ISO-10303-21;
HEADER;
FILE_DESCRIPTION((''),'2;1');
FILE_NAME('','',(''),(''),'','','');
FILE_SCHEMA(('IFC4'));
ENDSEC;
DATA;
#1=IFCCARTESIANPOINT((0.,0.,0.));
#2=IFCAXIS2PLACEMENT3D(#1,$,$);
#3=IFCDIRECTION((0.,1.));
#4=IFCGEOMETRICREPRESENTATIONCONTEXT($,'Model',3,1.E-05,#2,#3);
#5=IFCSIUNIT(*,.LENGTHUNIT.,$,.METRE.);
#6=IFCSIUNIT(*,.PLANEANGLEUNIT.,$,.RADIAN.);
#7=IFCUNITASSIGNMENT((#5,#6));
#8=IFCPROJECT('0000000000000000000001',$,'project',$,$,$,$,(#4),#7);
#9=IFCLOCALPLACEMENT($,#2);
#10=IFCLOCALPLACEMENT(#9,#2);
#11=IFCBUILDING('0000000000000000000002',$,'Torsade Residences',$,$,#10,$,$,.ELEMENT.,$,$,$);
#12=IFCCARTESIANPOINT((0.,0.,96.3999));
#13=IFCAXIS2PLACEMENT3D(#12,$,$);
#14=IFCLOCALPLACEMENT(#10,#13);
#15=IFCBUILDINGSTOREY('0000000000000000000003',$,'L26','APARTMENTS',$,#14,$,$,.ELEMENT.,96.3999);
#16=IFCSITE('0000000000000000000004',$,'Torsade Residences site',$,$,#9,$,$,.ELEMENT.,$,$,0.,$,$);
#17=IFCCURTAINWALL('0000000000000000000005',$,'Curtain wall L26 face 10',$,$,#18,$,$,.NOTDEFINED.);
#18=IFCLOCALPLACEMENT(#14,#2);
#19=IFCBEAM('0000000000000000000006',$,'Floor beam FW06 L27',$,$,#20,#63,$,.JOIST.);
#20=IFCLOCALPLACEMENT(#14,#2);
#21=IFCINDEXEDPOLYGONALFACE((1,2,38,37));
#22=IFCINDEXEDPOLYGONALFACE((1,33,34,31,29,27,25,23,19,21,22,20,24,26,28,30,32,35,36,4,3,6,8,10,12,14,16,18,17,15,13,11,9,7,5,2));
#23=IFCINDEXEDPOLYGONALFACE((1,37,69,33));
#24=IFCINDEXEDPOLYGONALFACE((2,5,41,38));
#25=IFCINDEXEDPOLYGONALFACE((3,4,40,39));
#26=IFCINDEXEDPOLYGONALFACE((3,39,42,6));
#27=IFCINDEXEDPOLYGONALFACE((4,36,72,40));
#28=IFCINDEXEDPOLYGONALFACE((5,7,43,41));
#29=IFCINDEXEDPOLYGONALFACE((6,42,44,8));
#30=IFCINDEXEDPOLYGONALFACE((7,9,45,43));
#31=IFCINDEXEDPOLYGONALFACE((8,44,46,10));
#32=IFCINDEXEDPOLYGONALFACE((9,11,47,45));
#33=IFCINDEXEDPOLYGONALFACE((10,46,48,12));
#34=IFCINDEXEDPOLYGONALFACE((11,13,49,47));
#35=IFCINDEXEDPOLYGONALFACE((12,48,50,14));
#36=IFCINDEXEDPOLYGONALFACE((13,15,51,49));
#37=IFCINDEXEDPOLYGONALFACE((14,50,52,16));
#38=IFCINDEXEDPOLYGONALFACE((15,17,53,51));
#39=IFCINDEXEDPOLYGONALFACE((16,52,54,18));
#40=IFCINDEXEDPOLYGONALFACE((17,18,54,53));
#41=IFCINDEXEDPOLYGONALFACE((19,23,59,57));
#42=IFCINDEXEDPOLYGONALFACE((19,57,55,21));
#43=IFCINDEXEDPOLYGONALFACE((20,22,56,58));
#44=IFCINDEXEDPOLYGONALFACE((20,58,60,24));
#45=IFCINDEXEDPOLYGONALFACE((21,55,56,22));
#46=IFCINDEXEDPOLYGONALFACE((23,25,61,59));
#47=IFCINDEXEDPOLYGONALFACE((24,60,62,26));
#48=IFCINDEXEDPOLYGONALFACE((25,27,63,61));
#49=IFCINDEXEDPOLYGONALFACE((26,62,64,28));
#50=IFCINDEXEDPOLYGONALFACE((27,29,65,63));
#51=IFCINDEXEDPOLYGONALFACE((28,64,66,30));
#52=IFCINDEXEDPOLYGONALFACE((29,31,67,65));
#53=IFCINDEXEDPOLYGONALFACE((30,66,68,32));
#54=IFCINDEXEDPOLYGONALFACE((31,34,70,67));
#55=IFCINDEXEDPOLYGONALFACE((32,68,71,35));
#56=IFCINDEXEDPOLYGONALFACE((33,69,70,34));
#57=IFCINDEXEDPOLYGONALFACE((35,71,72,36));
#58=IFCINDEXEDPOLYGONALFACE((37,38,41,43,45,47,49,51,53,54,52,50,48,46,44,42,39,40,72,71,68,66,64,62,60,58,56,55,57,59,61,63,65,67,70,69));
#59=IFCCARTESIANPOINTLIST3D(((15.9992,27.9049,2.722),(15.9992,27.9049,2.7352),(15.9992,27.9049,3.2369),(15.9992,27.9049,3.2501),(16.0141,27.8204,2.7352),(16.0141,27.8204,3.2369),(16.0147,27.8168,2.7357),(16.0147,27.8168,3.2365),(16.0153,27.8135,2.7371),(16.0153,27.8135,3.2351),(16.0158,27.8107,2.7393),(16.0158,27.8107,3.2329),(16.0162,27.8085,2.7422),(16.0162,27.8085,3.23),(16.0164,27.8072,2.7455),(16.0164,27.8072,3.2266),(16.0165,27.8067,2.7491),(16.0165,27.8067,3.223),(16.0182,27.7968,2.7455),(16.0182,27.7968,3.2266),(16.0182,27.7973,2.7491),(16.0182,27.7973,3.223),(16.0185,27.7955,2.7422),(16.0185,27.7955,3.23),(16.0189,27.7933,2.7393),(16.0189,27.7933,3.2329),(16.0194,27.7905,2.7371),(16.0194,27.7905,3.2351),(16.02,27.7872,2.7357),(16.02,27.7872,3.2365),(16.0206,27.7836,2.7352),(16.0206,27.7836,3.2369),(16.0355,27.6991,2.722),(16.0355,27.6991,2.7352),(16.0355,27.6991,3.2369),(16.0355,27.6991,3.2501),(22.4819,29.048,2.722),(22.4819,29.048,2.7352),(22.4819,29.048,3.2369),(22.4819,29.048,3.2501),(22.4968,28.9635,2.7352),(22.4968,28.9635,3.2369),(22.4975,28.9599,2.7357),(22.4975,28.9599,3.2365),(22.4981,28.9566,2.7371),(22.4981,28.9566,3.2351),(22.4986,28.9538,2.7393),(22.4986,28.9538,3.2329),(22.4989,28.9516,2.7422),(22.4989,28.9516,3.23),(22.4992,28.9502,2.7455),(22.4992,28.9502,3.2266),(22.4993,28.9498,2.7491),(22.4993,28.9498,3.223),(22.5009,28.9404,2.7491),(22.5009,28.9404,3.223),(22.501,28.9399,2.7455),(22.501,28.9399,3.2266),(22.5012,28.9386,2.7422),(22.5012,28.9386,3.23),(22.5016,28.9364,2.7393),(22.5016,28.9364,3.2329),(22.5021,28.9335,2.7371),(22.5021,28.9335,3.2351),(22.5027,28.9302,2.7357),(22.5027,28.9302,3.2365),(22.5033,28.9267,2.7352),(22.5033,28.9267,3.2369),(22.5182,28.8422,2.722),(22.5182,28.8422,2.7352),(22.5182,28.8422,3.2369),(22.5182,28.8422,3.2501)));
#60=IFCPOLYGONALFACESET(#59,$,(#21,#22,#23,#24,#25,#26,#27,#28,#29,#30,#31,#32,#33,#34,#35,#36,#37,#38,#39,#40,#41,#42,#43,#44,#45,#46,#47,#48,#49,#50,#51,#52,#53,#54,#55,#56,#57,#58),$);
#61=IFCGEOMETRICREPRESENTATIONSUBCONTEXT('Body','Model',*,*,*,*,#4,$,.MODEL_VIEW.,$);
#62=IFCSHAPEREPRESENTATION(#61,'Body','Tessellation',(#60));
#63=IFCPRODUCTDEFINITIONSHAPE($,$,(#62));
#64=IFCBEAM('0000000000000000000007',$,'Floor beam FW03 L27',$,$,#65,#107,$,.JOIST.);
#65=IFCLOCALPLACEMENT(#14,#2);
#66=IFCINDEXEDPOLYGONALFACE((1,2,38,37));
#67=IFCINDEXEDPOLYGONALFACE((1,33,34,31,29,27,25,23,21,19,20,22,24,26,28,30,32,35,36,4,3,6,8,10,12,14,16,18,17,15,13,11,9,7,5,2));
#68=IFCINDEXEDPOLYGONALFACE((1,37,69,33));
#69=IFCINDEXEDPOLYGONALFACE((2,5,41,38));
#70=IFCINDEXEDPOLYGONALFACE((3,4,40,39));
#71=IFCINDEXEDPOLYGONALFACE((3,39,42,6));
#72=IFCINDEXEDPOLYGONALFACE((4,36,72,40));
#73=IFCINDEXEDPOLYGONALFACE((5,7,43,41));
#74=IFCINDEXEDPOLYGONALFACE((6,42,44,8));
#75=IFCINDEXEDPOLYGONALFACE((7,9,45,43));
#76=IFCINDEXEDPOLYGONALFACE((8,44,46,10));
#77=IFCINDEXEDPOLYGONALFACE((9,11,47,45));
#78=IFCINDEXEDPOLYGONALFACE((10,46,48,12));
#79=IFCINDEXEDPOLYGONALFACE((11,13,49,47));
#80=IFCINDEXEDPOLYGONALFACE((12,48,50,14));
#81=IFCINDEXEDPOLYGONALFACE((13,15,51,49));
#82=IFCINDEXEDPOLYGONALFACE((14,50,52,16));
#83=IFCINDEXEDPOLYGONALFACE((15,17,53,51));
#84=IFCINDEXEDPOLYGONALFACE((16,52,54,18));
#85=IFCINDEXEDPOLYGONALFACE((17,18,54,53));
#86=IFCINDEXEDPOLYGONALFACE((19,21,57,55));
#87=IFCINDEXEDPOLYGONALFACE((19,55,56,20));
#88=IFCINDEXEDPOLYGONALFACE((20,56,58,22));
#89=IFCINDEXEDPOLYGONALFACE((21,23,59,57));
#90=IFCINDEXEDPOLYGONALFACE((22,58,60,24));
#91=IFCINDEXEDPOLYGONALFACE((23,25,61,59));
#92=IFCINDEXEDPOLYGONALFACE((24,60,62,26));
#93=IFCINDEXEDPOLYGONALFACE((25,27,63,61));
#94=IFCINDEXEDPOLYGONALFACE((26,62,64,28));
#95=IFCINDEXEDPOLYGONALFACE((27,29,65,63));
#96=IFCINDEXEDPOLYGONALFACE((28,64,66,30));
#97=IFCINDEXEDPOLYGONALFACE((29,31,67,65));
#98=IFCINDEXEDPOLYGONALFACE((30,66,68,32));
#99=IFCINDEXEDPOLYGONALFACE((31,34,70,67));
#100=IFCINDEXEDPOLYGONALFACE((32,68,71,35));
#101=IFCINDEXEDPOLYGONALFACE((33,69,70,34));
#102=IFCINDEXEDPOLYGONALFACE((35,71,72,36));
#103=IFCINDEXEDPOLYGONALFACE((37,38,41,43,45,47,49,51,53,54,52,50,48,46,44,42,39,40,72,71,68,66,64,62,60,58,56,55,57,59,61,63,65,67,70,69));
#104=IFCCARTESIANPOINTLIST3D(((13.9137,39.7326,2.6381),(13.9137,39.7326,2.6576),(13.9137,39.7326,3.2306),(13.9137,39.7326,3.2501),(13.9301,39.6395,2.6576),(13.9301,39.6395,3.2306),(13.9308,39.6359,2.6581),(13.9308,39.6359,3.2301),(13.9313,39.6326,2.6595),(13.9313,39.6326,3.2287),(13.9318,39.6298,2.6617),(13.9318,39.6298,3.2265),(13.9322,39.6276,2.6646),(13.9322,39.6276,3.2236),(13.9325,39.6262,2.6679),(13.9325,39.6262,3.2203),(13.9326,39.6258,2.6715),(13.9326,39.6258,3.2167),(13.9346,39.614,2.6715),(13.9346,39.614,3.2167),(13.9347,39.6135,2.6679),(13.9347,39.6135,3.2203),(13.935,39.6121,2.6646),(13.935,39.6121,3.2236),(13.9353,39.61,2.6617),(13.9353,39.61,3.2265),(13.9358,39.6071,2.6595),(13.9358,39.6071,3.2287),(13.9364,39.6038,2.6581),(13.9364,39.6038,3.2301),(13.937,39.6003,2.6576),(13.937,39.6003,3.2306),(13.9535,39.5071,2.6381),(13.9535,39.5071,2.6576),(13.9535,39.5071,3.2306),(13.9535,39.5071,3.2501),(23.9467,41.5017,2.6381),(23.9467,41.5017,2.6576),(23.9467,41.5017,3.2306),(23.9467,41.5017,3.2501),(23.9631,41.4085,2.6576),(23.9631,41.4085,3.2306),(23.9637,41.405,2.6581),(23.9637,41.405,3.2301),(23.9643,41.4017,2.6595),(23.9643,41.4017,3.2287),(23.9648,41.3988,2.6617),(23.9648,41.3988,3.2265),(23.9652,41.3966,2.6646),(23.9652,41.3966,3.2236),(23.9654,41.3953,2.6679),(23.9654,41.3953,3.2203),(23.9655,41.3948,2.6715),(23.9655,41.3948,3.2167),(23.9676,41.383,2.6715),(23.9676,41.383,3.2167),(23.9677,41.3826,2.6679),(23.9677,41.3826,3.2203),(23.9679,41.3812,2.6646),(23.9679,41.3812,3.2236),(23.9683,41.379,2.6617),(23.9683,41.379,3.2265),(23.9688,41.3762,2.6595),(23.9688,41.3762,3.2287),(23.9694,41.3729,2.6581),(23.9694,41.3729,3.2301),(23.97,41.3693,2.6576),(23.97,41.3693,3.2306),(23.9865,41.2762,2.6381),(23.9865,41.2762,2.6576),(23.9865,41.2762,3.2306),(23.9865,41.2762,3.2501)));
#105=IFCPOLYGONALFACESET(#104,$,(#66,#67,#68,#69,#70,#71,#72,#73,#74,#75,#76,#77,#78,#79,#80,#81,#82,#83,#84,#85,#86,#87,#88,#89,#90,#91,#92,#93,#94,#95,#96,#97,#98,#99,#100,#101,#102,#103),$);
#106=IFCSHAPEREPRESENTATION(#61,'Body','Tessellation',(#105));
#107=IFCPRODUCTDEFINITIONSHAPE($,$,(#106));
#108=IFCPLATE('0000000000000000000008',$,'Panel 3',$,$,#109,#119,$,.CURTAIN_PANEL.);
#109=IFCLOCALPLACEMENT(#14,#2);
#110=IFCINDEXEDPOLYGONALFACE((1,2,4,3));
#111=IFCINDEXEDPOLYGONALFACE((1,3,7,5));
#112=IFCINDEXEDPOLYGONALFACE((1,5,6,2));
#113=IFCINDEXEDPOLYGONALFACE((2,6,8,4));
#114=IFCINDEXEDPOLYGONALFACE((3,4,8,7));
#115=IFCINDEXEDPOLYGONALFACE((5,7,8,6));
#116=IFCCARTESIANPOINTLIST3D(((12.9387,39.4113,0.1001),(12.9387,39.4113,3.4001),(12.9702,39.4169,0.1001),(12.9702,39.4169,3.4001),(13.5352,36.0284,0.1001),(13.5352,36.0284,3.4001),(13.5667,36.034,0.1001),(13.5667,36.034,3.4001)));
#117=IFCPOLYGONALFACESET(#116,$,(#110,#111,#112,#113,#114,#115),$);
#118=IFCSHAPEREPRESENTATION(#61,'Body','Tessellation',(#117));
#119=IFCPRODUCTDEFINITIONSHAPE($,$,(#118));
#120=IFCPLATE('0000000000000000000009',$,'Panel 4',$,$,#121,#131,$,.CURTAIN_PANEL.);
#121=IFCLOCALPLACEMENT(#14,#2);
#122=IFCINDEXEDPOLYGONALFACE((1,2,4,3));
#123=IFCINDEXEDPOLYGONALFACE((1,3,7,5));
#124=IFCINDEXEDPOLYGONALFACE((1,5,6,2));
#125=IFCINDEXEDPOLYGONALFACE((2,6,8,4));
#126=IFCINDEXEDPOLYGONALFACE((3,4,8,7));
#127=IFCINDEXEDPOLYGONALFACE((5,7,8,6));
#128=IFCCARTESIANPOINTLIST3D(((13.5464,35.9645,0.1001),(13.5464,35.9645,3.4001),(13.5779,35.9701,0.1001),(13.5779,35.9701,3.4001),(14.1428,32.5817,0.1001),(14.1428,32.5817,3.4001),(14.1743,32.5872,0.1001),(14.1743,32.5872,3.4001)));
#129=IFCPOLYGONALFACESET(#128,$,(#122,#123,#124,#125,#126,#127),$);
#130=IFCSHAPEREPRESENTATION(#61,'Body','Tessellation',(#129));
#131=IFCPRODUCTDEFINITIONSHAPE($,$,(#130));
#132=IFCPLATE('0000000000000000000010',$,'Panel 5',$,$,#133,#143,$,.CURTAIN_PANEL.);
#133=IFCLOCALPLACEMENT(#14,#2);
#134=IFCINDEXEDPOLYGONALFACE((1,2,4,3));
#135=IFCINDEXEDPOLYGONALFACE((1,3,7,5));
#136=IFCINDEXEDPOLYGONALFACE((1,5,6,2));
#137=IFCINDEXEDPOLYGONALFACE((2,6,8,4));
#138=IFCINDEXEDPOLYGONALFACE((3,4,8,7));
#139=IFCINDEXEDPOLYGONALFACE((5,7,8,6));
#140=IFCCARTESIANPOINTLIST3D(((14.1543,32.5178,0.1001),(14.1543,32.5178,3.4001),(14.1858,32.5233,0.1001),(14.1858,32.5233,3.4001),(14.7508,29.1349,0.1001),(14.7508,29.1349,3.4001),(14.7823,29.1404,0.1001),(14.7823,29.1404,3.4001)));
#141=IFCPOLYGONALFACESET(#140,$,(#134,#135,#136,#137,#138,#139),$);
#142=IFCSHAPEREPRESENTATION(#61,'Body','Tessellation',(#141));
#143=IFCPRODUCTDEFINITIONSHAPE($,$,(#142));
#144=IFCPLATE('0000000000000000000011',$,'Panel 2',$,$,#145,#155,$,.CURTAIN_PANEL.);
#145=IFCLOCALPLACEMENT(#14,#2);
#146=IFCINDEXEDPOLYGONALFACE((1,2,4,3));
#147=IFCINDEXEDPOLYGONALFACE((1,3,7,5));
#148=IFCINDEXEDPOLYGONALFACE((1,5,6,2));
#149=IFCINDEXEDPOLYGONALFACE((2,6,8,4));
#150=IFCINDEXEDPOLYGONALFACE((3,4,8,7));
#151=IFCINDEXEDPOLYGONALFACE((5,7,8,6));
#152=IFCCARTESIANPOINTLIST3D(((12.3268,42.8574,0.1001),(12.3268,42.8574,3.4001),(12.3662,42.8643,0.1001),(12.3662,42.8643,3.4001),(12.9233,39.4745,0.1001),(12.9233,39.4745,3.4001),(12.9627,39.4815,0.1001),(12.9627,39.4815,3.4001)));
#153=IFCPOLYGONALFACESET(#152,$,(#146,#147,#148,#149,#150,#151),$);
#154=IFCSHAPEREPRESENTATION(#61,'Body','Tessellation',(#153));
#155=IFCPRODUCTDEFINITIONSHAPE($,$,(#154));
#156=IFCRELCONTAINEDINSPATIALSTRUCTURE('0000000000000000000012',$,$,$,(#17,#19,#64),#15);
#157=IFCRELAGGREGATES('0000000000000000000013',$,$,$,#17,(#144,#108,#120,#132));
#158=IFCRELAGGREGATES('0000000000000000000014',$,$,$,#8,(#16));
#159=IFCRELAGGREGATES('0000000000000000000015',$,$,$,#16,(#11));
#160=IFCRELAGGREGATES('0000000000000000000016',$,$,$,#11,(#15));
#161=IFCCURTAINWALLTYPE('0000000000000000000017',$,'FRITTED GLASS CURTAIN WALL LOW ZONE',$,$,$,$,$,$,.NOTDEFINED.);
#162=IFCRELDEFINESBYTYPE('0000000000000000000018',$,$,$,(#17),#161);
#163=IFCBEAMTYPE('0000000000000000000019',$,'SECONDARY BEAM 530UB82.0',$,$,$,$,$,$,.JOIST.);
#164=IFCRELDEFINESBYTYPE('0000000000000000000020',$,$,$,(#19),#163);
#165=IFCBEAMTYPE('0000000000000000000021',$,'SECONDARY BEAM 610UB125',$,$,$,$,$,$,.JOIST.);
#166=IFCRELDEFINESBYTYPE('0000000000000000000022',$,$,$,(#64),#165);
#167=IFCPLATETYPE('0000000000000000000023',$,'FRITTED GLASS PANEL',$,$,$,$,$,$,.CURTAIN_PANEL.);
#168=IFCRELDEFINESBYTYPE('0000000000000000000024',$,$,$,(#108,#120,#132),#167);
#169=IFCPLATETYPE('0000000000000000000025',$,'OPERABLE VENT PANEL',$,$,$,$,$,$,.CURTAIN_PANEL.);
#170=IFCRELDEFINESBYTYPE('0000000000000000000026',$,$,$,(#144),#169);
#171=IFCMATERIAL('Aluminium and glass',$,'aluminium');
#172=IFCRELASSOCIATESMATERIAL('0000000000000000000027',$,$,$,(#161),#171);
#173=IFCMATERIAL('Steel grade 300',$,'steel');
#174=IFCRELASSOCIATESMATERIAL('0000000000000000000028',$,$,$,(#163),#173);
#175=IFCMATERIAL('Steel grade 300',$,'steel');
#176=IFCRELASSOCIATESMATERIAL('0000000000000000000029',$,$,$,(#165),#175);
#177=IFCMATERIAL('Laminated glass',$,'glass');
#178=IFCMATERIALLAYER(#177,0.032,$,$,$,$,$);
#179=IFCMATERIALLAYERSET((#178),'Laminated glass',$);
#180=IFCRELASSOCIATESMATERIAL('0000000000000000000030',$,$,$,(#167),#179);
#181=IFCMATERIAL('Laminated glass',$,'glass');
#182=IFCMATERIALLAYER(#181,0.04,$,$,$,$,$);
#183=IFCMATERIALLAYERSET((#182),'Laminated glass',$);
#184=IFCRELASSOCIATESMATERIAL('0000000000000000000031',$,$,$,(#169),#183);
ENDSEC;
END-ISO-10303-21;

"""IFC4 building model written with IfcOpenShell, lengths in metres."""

from ifc_helpers import new_model, si_unit, direction, frame, origin, origin_2d, place, context, subcontext, project, spatial, rectangle, i_section, extrude, material, layer, layer_set, material_profile, profile_set, type_object, element, aggregate, save


model = new_model("IFC4")

# Units and contexts
model_context = context("Model", 3, precision=1e-05, world=origin(), true_north=direction((0.0, 1.0)))
body_context = subcontext(model_context, "Body", "Model", "MODEL_VIEW")
ifc_project = project(units=[si_unit("LENGTHUNIT", "METRE"), si_unit("PLANEANGLEUNIT", "RADIAN")], contexts=[model_context])

# Site, building, storey
site_placement = place(None, origin())
site = spatial("IfcSite", under=ifc_project, at=site_placement, Name="Torsade Residences site", CompositionType="ELEMENT", RefElevation=0.0)
building_placement = place(site_placement, origin())
building = spatial("IfcBuilding", under=site, at=building_placement, Name="Torsade Residences", CompositionType="ELEMENT")
storey_placement = place(building_placement, frame((0.0, 0.0, 96.3999)))
storey = spatial("IfcBuildingStorey", under=building, at=storey_placement, Name="L26", Description="APARTMENTS", CompositionType="ELEMENT", Elevation=96.3999)

# Curtain wall
ifc_material_1 = material(Name="Aluminium and glass", Category="aluminium")
curtain_wall_type = type_object("IfcCurtainWallType", Name="FRITTED GLASS CURTAIN WALL LOW ZONE", PredefinedType="NOTDEFINED", material=ifc_material_1)
curtain_wall_placement = place(storey_placement, origin())
curtain_wall = element("IfcCurtainWall", 1, at=curtain_wall_placement, inside=storey, type_object=curtain_wall_type, Name="Curtain wall L26 face 10", PredefinedType="NOTDEFINED")

# Beams
ifc_material_2 = material(Name="Steel grade 300", Category="steel")
ifc_material_profile_1 = material_profile(ifc_material_2, i_section(OverallWidth=0.209, OverallDepth=0.5281, WebThickness=0.0095, FlangeThickness=0.0132, FilletRadius=0.0139, at=origin_2d()), Name="530UB82.0")
ifc_profile_set_1 = profile_set([ifc_material_profile_1], Name="Steel grade 300")
beam_type_1 = type_object("IfcBeamType", Name="SECONDARY BEAM 530UB82.0", PredefinedType="JOIST", material=ifc_profile_set_1)
beam_1_placement = place(storey_placement, frame((16.0173, 27.802, 2.9861), z_axis=(0.984808, 0.173648, 0.0), x_axis=(-0.173648, 0.984808, 0.0)))
element("IfcBeam", 2, at=beam_1_placement, inside=storey, type_object=beam_type_1, Name="Floor beam FW06 L27", PredefinedType="JOIST", context=body_context, shape_type="SweptSolid", body=[
    extrude(i_section(OverallWidth=0.209, OverallDepth=0.5281, WebThickness=0.0095, FlangeThickness=0.0132, FilletRadius=0.0139, at=origin_2d()), origin(), (0.0, 0.0, 1.0), 6.5828),
])
ifc_material_3 = material(Name="Steel grade 300", Category="steel")
ifc_material_profile_2 = material_profile(ifc_material_3, i_section(OverallWidth=0.229, OverallDepth=0.6121, WebThickness=0.012, FlangeThickness=0.0195, FilletRadius=0.0139, at=origin_2d()), Name="610UB125")
ifc_profile_set_2 = profile_set([ifc_material_profile_2], Name="Steel grade 300")
beam_type_2 = type_object("IfcBeamType", Name="SECONDARY BEAM 610UB125", PredefinedType="JOIST", material=ifc_profile_set_2)
beam_2_placement = place(storey_placement, frame((13.9336, 39.6199, 2.9441), z_axis=(0.984808, 0.173645, 0.0), x_axis=(-0.173645, 0.984808, 0.0)))
element("IfcBeam", 3, at=beam_2_placement, inside=storey, type_object=beam_type_2, Name="Floor beam FW03 L27", PredefinedType="JOIST", context=body_context, shape_type="SweptSolid", body=[
    extrude(i_section(OverallWidth=0.229, OverallDepth=0.6121, WebThickness=0.012, FlangeThickness=0.0195, FilletRadius=0.0139, at=origin_2d()), origin(), (0.0, 0.0, 1.0), 10.1877),
])

# Plates
ifc_material_4 = material(Name="Laminated glass", Category="glass")
ifc_layer_1 = layer(ifc_material_4, 0.032)
ifc_layer_set_1 = layer_set([ifc_layer_1], Name="Laminated glass")
plate_type_1 = type_object("IfcPlateType", Name="FRITTED GLASS PANEL", PredefinedType="CURTAIN_PANEL", material=ifc_layer_set_1)
plate_1_placement = place(storey_placement, frame((13.2527, 37.7227, 0.1001), z_axis=(0.0, 0.0, 1.0), x_axis=(0.173648, -0.984808, 0.0)))
plate_1 = element("IfcPlate", 4, at=plate_1_placement, type_object=plate_type_1, Name="Panel 3", PredefinedType="CURTAIN_PANEL", context=body_context, shape_type="SweptSolid", body=[
    extrude(rectangle(XDim=3.4351, YDim=0.032, at=origin_2d()), origin(), (0.0, 0.0, 1.0), 3.3),
])
plate_2_placement = place(storey_placement, frame((13.8604, 34.2759, 0.1001), z_axis=(0.0, 0.0, 1.0), x_axis=(0.173648, -0.984808, 0.0)))
plate_2 = element("IfcPlate", 5, at=plate_2_placement, type_object=plate_type_1, Name="Panel 4", PredefinedType="CURTAIN_PANEL", context=body_context, shape_type="SweptSolid", body=[
    extrude(rectangle(XDim=3.4351, YDim=0.032, at=origin_2d()), origin(), (0.0, 0.0, 1.0), 3.3),
])
plate_3_placement = place(storey_placement, frame((14.4683, 30.8291, 0.1001), z_axis=(0.0, 0.0, 1.0), x_axis=(0.173648, -0.984808, 0.0)))
plate_3 = element("IfcPlate", 6, at=plate_3_placement, type_object=plate_type_1, Name="Panel 5", PredefinedType="CURTAIN_PANEL", context=body_context, shape_type="SweptSolid", body=[
    extrude(rectangle(XDim=3.4351, YDim=0.032, at=origin_2d()), origin(), (0.0, 0.0, 1.0), 3.3),
])
ifc_material_5 = material(Name="Laminated glass", Category="glass")
ifc_layer_2 = layer(ifc_material_5, 0.04)
ifc_layer_set_2 = layer_set([ifc_layer_2], Name="Laminated glass")
plate_type_2 = type_object("IfcPlateType", Name="OPERABLE VENT PANEL", PredefinedType="CURTAIN_PANEL", material=ifc_layer_set_2)
plate_4_placement = place(storey_placement, frame((12.6448, 41.1694, 0.1001), z_axis=(0.0, 0.0, 1.0), x_axis=(0.173648, -0.984808, 0.0)))
plate_4 = element("IfcPlate", 7, at=plate_4_placement, type_object=plate_type_2, Name="Panel 2", PredefinedType="CURTAIN_PANEL", context=body_context, shape_type="SweptSolid", body=[
    extrude(rectangle(XDim=3.4351, YDim=0.04, at=origin_2d()), origin(), (0.0, 0.0, 1.0), 3.3),
])
aggregate(curtain_wall, [plate_4, plate_1, plate_2, plate_3])

save(model, "model.ifc")
